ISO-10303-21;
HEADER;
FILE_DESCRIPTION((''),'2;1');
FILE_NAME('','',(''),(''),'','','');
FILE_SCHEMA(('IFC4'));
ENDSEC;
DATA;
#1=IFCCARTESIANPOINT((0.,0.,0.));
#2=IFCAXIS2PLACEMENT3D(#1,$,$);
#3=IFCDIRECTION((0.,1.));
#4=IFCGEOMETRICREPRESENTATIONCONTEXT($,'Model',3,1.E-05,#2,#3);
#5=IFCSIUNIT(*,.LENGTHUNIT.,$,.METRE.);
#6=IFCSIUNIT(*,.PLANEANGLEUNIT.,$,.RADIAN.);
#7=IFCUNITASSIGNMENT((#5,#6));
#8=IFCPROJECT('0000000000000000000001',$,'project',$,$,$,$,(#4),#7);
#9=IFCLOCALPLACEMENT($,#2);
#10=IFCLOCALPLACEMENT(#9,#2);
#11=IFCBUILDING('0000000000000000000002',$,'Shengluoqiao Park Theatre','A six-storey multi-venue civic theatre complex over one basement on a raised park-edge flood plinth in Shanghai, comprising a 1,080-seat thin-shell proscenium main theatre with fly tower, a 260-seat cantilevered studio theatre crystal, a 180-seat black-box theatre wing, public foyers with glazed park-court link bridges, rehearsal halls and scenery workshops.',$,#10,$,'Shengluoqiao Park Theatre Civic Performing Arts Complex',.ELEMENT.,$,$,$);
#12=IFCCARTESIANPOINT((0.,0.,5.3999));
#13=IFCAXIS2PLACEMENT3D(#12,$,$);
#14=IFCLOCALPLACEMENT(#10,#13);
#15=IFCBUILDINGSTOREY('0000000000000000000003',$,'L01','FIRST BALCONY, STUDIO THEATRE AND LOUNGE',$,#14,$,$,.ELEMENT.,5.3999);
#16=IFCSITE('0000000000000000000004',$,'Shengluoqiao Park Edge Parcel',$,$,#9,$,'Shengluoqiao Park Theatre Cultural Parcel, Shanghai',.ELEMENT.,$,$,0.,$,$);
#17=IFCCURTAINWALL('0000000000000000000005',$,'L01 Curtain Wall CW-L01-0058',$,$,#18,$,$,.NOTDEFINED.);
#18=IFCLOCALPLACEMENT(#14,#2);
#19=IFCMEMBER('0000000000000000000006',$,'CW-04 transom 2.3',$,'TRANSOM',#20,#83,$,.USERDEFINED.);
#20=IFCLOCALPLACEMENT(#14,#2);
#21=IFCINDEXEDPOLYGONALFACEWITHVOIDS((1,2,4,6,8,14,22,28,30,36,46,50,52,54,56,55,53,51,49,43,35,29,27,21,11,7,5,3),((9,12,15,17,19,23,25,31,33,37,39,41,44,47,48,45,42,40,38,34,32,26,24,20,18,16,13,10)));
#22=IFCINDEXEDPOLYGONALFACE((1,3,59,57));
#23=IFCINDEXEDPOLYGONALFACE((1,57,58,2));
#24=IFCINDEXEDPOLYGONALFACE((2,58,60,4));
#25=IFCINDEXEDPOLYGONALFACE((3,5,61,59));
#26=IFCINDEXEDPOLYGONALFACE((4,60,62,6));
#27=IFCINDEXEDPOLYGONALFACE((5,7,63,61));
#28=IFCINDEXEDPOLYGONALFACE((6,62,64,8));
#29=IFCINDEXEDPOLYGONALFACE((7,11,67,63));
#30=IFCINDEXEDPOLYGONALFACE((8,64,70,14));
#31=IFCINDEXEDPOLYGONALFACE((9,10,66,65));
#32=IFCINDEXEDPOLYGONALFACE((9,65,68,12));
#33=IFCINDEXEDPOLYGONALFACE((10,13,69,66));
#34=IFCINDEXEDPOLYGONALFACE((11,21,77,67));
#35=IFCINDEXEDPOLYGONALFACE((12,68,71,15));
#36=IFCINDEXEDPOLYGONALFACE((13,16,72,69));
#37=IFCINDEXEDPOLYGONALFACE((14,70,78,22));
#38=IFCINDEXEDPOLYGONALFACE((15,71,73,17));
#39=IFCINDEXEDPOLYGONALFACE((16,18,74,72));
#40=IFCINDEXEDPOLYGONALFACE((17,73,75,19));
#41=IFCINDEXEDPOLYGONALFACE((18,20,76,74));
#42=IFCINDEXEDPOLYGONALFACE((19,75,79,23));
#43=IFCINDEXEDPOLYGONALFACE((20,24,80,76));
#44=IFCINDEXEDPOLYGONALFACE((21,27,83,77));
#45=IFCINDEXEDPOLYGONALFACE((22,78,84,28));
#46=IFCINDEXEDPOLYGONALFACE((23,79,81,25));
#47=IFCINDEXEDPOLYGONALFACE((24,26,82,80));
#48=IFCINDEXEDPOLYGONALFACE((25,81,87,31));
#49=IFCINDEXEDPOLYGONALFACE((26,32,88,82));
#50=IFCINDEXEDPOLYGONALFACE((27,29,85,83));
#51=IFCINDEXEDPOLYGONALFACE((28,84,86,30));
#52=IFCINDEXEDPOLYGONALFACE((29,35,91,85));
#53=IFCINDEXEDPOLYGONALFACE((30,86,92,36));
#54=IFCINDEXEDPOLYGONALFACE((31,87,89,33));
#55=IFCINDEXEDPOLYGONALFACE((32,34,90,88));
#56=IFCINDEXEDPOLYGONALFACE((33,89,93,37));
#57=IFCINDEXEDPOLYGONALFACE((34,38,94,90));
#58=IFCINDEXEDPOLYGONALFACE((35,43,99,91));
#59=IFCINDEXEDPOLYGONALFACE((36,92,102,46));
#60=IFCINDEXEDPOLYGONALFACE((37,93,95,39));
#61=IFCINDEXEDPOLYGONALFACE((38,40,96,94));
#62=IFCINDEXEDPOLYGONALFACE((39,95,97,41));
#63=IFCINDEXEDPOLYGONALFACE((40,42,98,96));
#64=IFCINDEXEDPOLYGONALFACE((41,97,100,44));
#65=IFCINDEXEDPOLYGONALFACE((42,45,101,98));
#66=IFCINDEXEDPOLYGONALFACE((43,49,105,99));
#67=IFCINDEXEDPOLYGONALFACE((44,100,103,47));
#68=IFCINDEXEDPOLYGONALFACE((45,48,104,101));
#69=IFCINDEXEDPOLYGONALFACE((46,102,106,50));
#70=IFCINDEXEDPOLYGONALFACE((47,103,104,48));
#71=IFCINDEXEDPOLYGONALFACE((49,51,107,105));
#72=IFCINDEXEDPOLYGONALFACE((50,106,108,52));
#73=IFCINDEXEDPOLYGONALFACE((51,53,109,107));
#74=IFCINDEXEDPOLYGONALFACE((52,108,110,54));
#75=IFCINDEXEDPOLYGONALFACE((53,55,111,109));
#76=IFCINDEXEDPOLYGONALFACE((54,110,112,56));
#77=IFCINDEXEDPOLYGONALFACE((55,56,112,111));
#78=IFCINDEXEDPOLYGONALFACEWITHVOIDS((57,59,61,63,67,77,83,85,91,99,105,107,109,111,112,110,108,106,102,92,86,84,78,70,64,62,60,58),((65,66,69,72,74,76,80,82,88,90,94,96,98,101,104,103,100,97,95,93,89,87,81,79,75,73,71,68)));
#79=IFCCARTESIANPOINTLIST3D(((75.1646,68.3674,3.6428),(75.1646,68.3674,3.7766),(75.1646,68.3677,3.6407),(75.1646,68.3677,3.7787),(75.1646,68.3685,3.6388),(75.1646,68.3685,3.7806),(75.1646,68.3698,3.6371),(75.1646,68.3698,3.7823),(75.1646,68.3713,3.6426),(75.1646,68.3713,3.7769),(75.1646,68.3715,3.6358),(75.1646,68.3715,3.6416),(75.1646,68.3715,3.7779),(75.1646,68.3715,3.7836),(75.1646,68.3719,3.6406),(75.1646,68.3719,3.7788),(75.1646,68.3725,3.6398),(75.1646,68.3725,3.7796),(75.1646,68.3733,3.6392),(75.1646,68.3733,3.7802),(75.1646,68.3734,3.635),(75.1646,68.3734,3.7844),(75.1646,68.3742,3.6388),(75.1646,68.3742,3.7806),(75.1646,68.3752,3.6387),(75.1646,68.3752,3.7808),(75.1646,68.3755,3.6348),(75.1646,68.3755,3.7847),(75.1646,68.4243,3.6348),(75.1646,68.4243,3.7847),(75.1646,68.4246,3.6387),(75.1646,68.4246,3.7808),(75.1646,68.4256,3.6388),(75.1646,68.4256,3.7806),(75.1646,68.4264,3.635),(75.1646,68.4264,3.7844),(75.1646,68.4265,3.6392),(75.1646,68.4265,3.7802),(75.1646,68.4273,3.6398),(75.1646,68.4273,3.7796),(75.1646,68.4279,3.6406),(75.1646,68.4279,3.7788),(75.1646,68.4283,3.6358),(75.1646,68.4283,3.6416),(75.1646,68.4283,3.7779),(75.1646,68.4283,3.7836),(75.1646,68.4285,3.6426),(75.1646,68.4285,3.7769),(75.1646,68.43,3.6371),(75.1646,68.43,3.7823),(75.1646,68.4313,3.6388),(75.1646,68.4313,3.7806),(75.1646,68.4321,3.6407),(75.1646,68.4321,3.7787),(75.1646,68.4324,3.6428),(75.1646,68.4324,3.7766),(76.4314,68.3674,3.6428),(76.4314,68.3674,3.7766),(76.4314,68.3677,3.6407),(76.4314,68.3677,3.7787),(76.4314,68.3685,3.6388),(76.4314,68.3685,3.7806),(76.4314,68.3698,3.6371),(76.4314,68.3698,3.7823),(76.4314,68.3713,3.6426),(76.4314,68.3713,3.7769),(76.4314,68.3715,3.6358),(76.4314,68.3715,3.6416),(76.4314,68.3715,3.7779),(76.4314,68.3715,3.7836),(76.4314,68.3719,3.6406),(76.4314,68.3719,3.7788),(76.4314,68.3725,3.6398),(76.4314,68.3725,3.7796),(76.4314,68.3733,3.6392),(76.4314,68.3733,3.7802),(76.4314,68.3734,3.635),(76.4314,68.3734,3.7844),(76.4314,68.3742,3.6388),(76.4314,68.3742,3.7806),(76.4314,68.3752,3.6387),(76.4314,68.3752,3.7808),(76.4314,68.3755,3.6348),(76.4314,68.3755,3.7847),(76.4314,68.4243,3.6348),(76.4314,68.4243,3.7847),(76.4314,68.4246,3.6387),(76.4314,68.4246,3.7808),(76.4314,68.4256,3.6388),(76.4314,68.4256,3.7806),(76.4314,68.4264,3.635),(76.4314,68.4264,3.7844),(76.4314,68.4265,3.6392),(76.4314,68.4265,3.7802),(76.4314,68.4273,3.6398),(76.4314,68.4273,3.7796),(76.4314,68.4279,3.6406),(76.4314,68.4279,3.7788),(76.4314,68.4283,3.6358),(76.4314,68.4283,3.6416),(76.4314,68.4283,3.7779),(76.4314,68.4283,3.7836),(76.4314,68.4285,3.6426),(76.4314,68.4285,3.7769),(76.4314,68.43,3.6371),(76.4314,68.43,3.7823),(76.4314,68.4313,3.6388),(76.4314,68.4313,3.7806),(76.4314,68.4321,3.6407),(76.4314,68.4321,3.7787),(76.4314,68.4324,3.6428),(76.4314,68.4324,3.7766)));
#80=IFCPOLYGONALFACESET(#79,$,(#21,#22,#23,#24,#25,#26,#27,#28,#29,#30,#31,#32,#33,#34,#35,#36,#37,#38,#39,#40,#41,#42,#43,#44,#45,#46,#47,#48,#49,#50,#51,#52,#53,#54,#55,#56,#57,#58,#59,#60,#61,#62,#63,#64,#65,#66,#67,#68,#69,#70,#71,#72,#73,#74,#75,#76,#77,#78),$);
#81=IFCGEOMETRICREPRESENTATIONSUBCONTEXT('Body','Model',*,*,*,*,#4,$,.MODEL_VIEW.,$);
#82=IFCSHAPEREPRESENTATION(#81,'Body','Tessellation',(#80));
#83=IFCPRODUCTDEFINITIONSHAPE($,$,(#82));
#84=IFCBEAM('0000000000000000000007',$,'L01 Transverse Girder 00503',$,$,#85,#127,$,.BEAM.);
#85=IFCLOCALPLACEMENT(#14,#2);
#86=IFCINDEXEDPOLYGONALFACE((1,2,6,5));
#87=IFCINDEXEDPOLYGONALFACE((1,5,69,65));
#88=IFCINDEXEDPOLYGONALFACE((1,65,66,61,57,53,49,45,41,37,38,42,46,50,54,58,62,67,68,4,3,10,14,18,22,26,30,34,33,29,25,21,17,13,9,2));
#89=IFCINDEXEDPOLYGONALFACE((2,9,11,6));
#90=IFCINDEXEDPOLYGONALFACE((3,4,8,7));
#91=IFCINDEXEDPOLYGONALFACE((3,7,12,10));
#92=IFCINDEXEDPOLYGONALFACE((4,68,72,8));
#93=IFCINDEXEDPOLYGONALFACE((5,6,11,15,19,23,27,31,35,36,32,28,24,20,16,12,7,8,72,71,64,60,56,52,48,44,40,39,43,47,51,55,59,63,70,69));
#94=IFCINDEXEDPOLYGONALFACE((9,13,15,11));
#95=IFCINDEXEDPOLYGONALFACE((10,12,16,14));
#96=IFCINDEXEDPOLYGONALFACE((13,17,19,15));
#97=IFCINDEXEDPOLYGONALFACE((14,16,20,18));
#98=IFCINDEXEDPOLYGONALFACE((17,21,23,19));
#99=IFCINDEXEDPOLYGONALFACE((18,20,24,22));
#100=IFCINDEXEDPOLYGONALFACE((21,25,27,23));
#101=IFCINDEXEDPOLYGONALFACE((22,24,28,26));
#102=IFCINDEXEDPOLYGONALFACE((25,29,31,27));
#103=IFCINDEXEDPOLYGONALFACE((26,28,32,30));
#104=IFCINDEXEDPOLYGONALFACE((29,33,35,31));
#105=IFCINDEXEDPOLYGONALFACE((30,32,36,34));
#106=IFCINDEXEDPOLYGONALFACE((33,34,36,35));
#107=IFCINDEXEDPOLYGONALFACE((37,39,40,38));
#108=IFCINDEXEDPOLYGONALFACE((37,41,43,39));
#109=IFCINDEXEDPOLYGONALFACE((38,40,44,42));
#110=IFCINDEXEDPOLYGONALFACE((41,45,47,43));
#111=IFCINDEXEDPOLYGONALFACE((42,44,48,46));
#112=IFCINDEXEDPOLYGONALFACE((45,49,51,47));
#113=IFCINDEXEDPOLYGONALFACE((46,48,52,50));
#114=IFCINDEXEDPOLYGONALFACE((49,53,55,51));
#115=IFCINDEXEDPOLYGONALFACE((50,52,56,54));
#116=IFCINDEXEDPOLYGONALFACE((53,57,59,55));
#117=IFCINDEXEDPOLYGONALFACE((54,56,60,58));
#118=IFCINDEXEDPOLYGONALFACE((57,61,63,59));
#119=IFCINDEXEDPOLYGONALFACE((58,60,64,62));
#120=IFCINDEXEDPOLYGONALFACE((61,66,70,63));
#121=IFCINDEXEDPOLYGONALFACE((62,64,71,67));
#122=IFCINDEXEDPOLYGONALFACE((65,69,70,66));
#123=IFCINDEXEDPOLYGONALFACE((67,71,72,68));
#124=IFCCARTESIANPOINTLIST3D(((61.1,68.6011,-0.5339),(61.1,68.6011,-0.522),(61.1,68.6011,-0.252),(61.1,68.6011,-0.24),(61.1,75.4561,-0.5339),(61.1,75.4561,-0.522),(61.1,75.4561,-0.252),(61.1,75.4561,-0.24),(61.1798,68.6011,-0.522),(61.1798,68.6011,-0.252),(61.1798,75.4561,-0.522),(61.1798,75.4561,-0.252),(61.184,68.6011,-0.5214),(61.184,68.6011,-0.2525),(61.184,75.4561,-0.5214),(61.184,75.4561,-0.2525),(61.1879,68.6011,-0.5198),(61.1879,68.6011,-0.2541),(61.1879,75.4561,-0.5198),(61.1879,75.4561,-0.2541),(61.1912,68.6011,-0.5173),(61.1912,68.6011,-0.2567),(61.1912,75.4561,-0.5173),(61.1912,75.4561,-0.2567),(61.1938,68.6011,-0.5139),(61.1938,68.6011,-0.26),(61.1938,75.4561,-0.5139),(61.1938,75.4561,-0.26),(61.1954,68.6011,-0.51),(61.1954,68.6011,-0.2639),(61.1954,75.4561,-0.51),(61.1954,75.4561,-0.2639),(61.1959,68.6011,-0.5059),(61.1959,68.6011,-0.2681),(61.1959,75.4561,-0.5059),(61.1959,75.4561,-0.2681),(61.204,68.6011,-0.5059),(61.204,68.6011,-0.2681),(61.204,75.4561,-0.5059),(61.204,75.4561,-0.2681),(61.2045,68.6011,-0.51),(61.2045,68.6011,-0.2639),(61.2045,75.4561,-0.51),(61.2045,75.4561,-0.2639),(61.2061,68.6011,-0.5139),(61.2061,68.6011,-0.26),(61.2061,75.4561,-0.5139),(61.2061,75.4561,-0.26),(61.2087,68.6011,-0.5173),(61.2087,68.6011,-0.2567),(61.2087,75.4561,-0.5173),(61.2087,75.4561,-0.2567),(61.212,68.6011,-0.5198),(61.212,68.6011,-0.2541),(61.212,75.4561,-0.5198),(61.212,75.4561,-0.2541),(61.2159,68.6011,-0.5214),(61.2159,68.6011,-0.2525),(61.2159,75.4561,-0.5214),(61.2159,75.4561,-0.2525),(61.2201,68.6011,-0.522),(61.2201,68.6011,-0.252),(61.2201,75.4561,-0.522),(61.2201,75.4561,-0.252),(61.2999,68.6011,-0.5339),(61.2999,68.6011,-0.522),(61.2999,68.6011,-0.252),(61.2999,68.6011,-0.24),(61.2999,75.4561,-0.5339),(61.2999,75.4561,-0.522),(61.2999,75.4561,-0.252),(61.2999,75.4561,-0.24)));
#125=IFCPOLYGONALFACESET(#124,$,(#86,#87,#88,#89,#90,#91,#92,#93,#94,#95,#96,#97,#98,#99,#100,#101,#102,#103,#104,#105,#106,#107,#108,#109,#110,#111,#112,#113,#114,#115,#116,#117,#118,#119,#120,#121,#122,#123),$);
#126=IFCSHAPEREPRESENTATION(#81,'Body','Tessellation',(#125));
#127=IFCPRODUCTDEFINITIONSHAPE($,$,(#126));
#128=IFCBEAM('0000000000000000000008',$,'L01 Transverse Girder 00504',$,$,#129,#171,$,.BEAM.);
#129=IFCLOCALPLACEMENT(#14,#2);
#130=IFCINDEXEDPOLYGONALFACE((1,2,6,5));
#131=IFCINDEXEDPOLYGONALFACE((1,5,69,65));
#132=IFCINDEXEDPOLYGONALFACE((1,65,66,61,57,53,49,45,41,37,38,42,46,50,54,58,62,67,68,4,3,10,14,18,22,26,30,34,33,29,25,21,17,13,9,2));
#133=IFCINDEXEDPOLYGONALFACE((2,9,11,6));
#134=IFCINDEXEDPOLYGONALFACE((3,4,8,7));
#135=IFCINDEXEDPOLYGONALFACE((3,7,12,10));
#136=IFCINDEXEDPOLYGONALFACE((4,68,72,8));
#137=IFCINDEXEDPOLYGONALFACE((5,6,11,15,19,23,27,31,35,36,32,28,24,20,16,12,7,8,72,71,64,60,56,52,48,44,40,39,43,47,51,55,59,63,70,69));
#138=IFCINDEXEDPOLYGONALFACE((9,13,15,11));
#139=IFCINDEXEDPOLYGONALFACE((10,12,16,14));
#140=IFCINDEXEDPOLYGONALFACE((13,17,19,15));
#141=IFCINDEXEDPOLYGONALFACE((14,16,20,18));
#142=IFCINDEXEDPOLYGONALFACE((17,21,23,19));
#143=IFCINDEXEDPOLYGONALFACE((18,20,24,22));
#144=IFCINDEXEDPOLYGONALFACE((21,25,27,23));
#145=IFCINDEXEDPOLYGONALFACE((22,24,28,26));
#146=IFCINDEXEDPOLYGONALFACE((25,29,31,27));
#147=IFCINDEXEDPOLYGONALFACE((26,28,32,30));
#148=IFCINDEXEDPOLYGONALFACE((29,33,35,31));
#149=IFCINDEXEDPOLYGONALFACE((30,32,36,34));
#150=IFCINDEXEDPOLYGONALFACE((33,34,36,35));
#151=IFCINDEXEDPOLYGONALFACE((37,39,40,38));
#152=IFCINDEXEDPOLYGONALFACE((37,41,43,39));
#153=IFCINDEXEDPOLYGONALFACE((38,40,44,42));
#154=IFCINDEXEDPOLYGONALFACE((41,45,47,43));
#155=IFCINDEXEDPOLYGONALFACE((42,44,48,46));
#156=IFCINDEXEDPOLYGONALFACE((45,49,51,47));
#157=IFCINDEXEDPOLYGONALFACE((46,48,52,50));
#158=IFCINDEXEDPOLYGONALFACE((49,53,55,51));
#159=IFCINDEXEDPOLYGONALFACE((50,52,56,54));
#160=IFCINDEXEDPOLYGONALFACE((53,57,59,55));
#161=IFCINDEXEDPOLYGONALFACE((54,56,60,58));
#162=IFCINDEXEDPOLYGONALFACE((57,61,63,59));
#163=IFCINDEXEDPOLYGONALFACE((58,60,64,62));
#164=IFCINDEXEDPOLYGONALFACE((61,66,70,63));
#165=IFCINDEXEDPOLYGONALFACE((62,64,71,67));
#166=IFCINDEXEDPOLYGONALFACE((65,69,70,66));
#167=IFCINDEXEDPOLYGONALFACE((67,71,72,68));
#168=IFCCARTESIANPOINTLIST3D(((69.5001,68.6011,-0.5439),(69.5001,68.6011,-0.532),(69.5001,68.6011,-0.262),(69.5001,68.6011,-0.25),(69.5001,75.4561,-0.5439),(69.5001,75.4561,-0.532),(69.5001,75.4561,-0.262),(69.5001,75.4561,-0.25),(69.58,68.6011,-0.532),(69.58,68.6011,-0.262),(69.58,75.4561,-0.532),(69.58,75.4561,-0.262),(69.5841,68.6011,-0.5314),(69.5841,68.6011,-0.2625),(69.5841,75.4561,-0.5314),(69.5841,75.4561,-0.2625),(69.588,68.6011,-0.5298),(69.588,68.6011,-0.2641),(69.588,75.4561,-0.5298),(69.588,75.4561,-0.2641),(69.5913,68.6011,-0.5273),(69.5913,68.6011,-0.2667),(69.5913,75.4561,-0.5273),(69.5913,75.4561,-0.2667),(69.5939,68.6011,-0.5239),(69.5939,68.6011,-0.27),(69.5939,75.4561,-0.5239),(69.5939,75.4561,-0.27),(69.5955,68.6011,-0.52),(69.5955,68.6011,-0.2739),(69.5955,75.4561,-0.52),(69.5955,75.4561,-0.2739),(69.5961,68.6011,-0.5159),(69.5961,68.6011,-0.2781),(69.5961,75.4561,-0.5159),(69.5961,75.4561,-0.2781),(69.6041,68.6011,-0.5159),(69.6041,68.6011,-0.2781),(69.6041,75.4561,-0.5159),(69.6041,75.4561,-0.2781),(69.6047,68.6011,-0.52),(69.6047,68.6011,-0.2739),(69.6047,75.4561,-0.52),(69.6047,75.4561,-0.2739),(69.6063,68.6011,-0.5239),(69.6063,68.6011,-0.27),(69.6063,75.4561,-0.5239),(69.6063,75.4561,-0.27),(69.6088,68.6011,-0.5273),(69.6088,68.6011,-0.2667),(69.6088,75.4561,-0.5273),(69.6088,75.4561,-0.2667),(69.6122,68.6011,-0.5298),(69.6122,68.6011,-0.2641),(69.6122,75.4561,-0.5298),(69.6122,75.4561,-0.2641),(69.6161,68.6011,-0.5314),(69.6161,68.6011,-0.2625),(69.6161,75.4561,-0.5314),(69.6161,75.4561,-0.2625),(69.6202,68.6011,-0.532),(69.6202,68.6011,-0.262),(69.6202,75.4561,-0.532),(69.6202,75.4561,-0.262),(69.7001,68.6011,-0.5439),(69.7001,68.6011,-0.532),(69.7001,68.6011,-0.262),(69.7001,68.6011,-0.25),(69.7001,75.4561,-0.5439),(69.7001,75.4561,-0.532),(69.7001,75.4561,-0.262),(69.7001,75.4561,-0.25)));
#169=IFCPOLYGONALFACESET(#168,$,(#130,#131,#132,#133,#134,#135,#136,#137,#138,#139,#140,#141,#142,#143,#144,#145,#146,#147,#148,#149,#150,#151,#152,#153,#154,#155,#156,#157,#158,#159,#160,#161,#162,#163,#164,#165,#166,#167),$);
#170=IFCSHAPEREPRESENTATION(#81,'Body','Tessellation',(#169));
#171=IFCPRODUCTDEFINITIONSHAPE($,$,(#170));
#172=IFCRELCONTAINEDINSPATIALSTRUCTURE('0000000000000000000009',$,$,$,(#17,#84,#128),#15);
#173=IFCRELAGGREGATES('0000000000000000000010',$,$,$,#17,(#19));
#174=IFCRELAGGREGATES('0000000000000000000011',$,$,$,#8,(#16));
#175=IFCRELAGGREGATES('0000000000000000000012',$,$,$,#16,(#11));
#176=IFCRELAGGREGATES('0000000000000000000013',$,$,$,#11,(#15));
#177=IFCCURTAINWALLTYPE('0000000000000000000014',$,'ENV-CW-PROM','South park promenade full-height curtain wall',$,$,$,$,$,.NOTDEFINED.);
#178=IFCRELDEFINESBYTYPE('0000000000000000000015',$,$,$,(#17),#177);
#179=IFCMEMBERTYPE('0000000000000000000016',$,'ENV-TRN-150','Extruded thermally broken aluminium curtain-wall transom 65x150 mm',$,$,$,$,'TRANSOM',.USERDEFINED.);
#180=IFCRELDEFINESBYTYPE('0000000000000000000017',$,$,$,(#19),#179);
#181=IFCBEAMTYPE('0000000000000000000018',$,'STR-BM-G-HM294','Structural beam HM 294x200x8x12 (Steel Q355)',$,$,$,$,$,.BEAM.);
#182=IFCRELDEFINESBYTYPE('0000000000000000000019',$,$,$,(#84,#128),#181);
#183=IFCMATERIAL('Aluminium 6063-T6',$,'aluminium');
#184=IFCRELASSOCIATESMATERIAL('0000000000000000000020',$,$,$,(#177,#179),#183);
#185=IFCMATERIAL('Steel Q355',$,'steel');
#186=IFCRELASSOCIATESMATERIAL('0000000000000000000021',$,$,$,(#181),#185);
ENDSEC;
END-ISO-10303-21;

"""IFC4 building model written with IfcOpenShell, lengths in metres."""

from ifc_helpers import new_model, si_unit, direction, frame, origin, origin_2d, place, context, subcontext, project, spatial, hollow_rectangle, i_section, extrude, material, material_profile, profile_set, type_object, element, aggregate, save


model = new_model("IFC4")

# Units and contexts
model_context = context("Model", 3, precision=1e-05, world=origin(), true_north=direction((0.0, 1.0)))
body_context = subcontext(model_context, "Body", "Model", "MODEL_VIEW")
ifc_project = project(units=[si_unit("LENGTHUNIT", "METRE"), si_unit("PLANEANGLEUNIT", "RADIAN")], contexts=[model_context])

# Site, building, storey
site_placement = place(None, origin())
site = spatial("IfcSite", under=ifc_project, at=site_placement, Name="Shengluoqiao Park Edge Parcel", LongName="Shengluoqiao Park Theatre Cultural Parcel, Shanghai", CompositionType="ELEMENT", RefElevation=0.0)
building_placement = place(site_placement, origin())
building = spatial("IfcBuilding", under=site, at=building_placement, Name="Shengluoqiao Park Theatre", Description="A six-storey multi-venue civic theatre complex over one basement on a raised park-edge flood plinth in Shanghai, comprising a 1,080-seat thin-shell proscenium main theatre with fly tower, a 260-seat cantilevered studio theatre crystal, a 180-seat black-box theatre wing, public foyers with glazed park-court link bridges, rehearsal halls and scenery workshops.", LongName="Shengluoqiao Park Theatre Civic Performing Arts Complex", CompositionType="ELEMENT")
storey_placement = place(building_placement, frame((0.0, 0.0, 5.3999)))
storey = spatial("IfcBuildingStorey", under=building, at=storey_placement, Name="L01", Description="FIRST BALCONY, STUDIO THEATRE AND LOUNGE", CompositionType="ELEMENT", Elevation=5.3999)

# Curtain wall, member
ifc_material_1 = material(Name="Aluminium 6063-T6", Category="aluminium")
curtain_wall_type = type_object("IfcCurtainWallType", Name="ENV-CW-PROM", Description="South park promenade full-height curtain wall", PredefinedType="NOTDEFINED", material=ifc_material_1)
curtain_wall_placement = place(storey_placement, origin())
curtain_wall = element("IfcCurtainWall", 1, at=curtain_wall_placement, inside=storey, type_object=curtain_wall_type, Name="L01 Curtain Wall CW-L01-0058", PredefinedType="NOTDEFINED")
ifc_material_profile_1 = material_profile(ifc_material_1, hollow_rectangle(XDim=0.0649, YDim=0.1499, WallThickness=0.0039, InnerFilletRadius=0.0039, OuterFilletRadius=0.0081, at=origin_2d()), Name="ALU TRANSOM 150x65x4")
ifc_profile_set_1 = profile_set([ifc_material_profile_1], Name="Aluminium 6063-T6")
member_type_1 = type_object("IfcMemberType", Name="ENV-TRN-150", Description="Extruded thermally broken aluminium curtain-wall transom 65x150 mm", ElementType="TRANSOM", PredefinedType="USERDEFINED", material=ifc_profile_set_1)
member_1_placement = place(storey_placement, frame((75.1646, 68.3999, 3.7097), z_axis=(1.0, 0.0, 0.0), x_axis=(0.0, 1.0, 0.0)))
member_1 = element("IfcMember", 2, at=member_1_placement, type_object=member_type_1, Name="CW-04 transom 2.3", ObjectType="TRANSOM", PredefinedType="USERDEFINED", context=body_context, shape_type="SweptSolid", body=[
    extrude(hollow_rectangle(XDim=0.0649, YDim=0.1499, WallThickness=0.0039, InnerFilletRadius=0.0039, OuterFilletRadius=0.0081, at=origin_2d()), origin(), (0.0, 0.0, 1.0), 1.2668),
])

# Beams
ifc_material_2 = material(Name="Steel Q355", Category="steel")
ifc_material_profile_2 = material_profile(ifc_material_2, i_section(OverallWidth=0.2, OverallDepth=0.2939, WebThickness=0.0081, FlangeThickness=0.012, FilletRadius=0.0161, at=origin_2d()), Name="HM 294x200x8x12")
ifc_profile_set_2 = profile_set([ifc_material_profile_2], Name="Steel Q355")
beam_type_1 = type_object("IfcBeamType", Name="STR-BM-G-HM294", Description="Structural beam HM 294x200x8x12 (Steel Q355)", PredefinedType="BEAM", material=ifc_profile_set_2)
for number, where, z_axis, x_axis, name in (
    (3, (61.2, 68.6011, -0.387), (0.0, 1.0, 0.0), (-1.0, 0.0, 0.0), "L01 Transverse Girder 00503"),
    (4, (69.6001, 68.6011, -0.397), (0.0, 1.0, 0.0), (-1.0, 0.0, 0.0), "L01 Transverse Girder 00504"),
):
    element("IfcBeam", number, at=place(storey_placement, frame(where, z_axis=z_axis, x_axis=x_axis)), inside=storey, type_object=beam_type_1, Name=name, PredefinedType="BEAM", context=body_context, shape_type="SweptSolid", body=[
        extrude(i_section(OverallWidth=0.2, OverallDepth=0.2939, WebThickness=0.0081, FlangeThickness=0.012, FilletRadius=0.0161, at=origin_2d()), origin(), (0.0, 0.0, 1.0), 6.855),
    ])

aggregate(curtain_wall, [member_1])

save(model, "model.ifc")
